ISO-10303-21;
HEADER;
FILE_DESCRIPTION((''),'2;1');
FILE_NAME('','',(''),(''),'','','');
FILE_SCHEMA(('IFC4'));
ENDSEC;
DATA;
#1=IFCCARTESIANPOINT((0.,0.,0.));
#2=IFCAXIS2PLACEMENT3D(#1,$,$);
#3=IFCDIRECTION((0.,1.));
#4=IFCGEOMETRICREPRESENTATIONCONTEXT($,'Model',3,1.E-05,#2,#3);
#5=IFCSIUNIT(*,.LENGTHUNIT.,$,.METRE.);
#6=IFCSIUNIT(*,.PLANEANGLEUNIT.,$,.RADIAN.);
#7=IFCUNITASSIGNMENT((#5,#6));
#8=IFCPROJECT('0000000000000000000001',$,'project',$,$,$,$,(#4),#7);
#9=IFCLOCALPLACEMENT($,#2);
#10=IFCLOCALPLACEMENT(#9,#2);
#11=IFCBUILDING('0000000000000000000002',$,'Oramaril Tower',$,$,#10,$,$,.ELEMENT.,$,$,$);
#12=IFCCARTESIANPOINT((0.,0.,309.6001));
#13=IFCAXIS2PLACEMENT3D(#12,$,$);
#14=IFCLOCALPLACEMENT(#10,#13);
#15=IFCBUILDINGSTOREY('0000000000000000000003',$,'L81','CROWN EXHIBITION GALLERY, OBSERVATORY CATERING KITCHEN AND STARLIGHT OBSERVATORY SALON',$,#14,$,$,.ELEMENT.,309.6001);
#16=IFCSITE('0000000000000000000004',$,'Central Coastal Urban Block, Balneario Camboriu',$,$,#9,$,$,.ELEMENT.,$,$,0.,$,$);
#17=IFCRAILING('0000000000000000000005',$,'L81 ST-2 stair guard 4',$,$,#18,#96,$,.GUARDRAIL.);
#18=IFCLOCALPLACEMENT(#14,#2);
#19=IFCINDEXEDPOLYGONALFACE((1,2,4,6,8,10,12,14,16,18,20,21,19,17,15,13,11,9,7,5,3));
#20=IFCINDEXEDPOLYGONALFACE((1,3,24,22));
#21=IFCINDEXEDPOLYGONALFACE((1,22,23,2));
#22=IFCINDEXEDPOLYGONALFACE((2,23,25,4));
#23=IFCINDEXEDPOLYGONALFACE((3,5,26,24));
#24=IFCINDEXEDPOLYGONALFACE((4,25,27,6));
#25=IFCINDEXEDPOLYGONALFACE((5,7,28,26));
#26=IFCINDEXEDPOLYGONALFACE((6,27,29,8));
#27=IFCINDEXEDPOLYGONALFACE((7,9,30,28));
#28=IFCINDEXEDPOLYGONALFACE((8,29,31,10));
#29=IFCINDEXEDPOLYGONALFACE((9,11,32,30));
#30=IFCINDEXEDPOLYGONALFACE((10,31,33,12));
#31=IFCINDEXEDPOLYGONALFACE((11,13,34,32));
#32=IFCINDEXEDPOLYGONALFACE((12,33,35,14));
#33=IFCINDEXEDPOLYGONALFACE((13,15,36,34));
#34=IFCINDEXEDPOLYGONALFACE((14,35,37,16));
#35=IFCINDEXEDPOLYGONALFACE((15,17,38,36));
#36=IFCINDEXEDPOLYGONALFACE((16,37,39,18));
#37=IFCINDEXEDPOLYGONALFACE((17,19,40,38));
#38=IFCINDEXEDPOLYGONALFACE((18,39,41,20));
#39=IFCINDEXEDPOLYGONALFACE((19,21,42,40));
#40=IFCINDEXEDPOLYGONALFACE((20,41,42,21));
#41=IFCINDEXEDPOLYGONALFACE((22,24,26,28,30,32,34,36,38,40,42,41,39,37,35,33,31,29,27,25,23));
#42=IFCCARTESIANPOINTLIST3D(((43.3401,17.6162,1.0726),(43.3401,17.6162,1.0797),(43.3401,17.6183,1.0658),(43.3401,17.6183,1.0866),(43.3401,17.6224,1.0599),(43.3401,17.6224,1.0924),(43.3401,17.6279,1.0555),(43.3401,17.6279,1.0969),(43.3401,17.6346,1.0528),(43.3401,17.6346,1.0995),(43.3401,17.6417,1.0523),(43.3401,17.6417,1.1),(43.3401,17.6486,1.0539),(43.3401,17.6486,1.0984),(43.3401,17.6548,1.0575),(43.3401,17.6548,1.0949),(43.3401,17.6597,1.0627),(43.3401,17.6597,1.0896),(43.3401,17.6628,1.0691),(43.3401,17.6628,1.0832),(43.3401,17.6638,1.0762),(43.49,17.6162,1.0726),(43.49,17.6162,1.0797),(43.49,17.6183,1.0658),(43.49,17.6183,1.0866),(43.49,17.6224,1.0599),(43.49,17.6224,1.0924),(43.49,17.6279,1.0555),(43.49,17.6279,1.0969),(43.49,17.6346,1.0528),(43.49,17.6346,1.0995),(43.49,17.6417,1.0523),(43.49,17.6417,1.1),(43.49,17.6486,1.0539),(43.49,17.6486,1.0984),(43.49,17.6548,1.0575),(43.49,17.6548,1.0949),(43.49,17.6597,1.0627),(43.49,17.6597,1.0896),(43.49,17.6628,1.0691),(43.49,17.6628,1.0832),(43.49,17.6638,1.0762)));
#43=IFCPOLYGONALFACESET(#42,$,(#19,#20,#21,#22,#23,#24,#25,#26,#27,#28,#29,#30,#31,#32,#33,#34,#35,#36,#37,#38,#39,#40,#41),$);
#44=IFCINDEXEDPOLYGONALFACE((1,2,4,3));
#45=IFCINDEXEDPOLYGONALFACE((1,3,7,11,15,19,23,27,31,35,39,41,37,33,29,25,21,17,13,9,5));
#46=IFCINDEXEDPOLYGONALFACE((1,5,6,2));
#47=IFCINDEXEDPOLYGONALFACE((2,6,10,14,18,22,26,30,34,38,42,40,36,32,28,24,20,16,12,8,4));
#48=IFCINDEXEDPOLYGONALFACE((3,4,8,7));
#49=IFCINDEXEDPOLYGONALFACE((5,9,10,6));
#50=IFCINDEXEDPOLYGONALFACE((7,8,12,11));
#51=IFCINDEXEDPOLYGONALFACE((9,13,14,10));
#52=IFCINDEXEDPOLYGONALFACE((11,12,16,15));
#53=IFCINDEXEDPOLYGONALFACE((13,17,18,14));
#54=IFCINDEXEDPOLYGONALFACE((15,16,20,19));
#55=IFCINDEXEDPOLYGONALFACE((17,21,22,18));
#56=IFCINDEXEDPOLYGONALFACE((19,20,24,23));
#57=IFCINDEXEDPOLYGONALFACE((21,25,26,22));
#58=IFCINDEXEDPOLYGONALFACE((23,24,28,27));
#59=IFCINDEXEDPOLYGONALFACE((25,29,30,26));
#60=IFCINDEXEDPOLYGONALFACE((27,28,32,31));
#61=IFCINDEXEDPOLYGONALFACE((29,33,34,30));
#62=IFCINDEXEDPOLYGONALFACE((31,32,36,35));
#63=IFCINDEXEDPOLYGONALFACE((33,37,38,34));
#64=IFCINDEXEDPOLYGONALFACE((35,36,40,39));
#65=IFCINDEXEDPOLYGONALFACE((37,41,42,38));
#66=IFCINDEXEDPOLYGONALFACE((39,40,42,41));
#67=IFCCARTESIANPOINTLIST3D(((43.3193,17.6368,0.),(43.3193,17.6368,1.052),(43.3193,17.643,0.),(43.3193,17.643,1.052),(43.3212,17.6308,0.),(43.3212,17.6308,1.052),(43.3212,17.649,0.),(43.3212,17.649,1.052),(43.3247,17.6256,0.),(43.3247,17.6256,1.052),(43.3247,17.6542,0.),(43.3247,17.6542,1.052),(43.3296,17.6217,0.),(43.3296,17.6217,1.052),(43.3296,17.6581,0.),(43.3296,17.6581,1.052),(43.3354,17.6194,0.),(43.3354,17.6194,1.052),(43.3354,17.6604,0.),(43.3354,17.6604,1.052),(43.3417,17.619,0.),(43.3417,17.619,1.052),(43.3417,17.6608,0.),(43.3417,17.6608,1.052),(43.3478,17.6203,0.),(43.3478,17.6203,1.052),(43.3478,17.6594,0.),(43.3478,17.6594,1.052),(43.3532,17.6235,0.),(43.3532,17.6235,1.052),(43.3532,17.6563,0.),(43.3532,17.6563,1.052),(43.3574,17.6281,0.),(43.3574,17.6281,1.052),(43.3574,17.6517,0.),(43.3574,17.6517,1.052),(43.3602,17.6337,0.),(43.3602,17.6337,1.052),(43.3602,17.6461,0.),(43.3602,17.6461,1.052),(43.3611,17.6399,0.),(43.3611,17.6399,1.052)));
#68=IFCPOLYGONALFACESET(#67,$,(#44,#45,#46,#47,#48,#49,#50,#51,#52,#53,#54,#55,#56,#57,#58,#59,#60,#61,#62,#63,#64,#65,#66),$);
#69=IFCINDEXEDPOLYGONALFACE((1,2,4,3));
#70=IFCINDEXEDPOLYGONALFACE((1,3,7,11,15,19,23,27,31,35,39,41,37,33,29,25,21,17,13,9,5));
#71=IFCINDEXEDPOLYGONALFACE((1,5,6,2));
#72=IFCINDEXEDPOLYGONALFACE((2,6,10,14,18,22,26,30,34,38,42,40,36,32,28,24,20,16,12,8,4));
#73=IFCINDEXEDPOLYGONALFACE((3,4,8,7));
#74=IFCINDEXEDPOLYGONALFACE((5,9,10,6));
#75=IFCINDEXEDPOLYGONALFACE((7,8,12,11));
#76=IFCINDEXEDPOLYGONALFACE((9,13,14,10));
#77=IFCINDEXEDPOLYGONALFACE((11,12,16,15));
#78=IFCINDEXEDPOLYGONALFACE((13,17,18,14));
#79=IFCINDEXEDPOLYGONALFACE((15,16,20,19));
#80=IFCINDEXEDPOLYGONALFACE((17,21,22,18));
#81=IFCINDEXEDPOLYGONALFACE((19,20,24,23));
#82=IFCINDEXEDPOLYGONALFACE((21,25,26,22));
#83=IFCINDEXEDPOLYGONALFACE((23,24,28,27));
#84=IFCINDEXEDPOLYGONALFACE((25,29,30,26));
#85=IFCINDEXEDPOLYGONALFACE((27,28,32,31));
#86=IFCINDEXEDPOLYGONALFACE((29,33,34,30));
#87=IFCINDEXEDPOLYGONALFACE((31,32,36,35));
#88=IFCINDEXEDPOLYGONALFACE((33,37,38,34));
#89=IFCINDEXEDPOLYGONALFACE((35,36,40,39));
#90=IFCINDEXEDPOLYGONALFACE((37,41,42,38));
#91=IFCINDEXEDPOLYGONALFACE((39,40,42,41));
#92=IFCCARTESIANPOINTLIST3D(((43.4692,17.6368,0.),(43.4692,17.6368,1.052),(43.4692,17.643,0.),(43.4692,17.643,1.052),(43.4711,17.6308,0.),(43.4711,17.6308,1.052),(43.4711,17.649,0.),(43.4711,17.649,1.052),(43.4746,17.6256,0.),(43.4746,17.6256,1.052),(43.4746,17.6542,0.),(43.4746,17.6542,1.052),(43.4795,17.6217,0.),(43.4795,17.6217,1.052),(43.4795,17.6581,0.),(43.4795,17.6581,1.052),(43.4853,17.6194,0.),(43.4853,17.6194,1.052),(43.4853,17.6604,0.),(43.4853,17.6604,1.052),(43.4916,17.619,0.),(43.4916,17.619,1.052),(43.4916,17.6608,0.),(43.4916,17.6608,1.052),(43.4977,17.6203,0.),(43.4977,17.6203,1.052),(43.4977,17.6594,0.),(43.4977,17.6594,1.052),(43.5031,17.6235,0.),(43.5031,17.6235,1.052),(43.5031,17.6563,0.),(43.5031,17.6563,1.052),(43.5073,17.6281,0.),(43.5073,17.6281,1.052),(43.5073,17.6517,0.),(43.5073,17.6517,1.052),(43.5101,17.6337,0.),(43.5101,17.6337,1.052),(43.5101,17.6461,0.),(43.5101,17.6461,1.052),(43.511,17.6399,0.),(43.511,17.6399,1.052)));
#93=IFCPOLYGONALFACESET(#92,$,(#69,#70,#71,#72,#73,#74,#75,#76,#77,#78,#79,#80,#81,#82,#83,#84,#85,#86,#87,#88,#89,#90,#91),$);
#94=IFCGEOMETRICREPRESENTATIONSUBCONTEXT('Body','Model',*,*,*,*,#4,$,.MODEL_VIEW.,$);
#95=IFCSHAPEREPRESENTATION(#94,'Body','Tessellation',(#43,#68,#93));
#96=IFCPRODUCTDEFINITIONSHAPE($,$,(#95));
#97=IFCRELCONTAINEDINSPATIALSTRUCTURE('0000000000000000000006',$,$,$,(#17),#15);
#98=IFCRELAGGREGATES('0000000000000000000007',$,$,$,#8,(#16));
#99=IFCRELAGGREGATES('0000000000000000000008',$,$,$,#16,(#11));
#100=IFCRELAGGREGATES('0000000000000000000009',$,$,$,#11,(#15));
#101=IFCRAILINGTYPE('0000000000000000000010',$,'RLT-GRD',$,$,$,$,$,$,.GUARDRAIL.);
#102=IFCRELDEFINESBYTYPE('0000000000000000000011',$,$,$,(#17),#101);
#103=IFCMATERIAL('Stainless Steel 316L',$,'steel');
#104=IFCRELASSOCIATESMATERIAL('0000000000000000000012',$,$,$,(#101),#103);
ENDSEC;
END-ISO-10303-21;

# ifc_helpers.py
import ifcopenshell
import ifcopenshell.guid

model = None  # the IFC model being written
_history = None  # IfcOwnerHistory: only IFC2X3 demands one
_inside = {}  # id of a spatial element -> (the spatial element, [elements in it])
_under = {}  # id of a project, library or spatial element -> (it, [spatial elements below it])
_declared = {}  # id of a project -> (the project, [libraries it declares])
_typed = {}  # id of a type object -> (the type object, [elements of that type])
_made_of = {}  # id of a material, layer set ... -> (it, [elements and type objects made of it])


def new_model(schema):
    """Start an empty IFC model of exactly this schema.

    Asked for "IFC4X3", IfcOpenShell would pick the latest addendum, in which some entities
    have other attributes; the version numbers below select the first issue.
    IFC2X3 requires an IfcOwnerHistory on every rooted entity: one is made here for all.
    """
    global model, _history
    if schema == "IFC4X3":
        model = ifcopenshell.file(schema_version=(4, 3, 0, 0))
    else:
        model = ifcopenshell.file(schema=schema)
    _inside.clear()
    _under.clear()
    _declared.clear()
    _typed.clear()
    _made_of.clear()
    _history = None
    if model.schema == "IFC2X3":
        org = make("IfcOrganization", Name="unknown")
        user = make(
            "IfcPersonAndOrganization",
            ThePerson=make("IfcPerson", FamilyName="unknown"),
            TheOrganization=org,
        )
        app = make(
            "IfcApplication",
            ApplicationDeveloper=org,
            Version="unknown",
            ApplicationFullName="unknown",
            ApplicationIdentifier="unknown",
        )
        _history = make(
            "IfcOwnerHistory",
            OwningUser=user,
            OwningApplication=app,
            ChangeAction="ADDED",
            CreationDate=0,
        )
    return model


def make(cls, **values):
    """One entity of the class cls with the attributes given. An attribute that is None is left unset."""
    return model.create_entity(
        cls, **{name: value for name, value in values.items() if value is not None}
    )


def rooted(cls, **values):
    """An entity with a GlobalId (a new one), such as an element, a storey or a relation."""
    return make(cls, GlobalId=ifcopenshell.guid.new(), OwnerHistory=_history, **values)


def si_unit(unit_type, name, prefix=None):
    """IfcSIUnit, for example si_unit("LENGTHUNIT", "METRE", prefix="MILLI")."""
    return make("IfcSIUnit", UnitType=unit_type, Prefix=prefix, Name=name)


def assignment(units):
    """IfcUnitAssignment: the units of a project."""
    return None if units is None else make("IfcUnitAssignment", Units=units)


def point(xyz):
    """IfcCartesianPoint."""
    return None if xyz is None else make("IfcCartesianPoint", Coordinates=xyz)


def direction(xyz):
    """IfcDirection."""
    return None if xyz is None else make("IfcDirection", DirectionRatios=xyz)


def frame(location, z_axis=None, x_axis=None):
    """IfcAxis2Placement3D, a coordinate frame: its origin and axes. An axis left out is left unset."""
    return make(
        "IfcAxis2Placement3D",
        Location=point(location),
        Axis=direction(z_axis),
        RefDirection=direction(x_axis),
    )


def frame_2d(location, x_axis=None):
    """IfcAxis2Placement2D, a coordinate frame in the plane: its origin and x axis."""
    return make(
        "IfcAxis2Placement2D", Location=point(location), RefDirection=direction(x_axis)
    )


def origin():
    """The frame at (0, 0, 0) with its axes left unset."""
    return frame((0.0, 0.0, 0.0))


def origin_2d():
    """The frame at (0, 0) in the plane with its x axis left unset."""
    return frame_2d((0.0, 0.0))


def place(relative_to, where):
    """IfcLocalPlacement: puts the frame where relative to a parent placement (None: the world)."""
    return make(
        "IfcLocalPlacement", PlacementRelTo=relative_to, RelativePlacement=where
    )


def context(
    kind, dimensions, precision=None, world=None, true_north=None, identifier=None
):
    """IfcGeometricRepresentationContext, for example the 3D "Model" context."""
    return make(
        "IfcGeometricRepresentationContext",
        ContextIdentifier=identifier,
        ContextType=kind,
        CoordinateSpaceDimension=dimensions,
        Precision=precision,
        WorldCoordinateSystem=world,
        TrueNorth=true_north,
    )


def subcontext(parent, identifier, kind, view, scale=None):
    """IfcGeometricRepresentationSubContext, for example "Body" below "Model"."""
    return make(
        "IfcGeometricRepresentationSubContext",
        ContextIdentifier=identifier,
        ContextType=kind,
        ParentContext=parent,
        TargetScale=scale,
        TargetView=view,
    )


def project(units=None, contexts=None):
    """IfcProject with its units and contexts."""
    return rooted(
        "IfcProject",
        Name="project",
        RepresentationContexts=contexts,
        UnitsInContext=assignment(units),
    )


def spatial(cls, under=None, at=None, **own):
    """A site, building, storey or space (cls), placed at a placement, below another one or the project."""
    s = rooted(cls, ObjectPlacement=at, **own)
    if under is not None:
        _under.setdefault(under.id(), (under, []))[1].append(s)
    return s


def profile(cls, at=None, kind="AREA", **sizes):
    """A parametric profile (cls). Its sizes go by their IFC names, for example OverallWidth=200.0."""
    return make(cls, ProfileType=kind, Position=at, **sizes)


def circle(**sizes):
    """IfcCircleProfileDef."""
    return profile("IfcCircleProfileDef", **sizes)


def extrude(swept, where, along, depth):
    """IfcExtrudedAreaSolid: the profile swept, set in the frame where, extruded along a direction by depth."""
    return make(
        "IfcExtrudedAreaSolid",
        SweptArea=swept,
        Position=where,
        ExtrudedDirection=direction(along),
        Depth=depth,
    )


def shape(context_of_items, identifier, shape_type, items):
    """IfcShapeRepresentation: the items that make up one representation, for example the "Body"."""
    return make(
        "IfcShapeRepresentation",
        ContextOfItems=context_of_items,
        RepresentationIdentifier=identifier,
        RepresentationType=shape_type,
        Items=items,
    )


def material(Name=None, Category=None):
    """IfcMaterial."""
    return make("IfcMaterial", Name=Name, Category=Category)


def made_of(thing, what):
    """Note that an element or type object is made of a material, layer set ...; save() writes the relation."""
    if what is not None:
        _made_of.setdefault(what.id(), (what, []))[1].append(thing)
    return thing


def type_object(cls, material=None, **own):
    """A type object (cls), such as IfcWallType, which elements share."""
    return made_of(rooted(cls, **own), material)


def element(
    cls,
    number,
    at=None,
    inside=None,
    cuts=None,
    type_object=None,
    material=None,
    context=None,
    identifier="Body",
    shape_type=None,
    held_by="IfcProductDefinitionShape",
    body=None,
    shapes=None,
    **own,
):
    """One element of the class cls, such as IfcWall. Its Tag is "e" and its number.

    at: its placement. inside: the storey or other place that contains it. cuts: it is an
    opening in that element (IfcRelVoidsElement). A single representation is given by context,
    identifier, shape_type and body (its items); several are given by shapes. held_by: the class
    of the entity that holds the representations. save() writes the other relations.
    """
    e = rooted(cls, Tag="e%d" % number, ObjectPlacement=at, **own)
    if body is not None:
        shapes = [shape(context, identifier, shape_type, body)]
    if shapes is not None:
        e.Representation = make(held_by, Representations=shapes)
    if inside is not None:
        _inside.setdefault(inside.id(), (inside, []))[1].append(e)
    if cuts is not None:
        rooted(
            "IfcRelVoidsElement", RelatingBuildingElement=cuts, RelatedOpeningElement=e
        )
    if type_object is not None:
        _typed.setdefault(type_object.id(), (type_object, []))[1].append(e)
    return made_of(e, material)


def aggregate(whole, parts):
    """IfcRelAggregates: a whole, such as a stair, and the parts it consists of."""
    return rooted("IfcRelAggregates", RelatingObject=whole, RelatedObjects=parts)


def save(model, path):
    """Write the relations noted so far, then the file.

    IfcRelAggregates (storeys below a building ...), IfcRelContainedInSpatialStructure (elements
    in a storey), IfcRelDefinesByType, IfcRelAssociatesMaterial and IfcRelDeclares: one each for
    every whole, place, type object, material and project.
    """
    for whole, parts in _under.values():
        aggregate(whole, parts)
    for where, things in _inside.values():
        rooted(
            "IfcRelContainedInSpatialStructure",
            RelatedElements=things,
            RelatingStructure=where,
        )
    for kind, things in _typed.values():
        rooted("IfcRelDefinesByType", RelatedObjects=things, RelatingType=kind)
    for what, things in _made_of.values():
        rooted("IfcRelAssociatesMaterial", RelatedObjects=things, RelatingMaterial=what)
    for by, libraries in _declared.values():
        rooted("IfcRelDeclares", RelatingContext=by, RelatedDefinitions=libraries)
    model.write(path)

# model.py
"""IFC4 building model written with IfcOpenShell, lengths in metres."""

from ifc_helpers import new_model, si_unit, direction, frame, origin, origin_2d, place, context, subcontext, project, spatial, circle, extrude, material, type_object, element, save


model = new_model("IFC4")

# Units and contexts
model_context = context("Model", 3, precision=1e-05, world=origin(), true_north=direction((0.0, 1.0)))
body_context = subcontext(model_context, "Body", "Model", "MODEL_VIEW")
ifc_project = project(units=[si_unit("LENGTHUNIT", "METRE"), si_unit("PLANEANGLEUNIT", "RADIAN")], contexts=[model_context])

# Site, building, storey
site_placement = place(None, origin())
site = spatial("IfcSite", under=ifc_project, at=site_placement, Name="Central Coastal Urban Block, Balneario Camboriu", CompositionType="ELEMENT", RefElevation=0.0)
building_placement = place(site_placement, origin())
building = spatial("IfcBuilding", under=site, at=building_placement, Name="Oramaril Tower", CompositionType="ELEMENT")
storey_placement = place(building_placement, frame((0.0, 0.0, 309.6001)))
storey = spatial("IfcBuildingStorey", under=building, at=storey_placement, Name="L81", Description="CROWN EXHIBITION GALLERY, OBSERVATORY CATERING KITCHEN AND STARLIGHT OBSERVATORY SALON", CompositionType="ELEMENT", Elevation=309.6001)

# Railing
ifc_material_1 = material(Name="Stainless Steel 316L", Category="steel")
railing_type_1 = type_object("IfcRailingType", Name="RLT-GRD", PredefinedType="GUARDRAIL", material=ifc_material_1)
railing_1_placement = place(storey_placement, frame((43.3401, 17.6399, 0.0)))
element("IfcRailing", 1, at=railing_1_placement, inside=storey, type_object=railing_type_1, Name="L81 ST-2 stair guard 4", PredefinedType="GUARDRAIL", context=body_context, shape_type="SweptSolid", body=[
    extrude(circle(Radius=0.0239, at=origin_2d()), frame((0.0, 0.0, 1.0762), z_axis=(1.0, 0.0, 0.0), x_axis=(0.0, 1.0, 0.0)), (0.0, 0.0, 1.0), 0.1499),
    extrude(circle(Radius=0.021, at=origin_2d()), origin(), (0.0, 0.0, 1.0), 1.052),
    extrude(circle(Radius=0.021, at=origin_2d()), frame((0.1499, 0.0, 0.0)), (0.0, 0.0, 1.0), 1.052),
])

save(model, "model.ifc")
